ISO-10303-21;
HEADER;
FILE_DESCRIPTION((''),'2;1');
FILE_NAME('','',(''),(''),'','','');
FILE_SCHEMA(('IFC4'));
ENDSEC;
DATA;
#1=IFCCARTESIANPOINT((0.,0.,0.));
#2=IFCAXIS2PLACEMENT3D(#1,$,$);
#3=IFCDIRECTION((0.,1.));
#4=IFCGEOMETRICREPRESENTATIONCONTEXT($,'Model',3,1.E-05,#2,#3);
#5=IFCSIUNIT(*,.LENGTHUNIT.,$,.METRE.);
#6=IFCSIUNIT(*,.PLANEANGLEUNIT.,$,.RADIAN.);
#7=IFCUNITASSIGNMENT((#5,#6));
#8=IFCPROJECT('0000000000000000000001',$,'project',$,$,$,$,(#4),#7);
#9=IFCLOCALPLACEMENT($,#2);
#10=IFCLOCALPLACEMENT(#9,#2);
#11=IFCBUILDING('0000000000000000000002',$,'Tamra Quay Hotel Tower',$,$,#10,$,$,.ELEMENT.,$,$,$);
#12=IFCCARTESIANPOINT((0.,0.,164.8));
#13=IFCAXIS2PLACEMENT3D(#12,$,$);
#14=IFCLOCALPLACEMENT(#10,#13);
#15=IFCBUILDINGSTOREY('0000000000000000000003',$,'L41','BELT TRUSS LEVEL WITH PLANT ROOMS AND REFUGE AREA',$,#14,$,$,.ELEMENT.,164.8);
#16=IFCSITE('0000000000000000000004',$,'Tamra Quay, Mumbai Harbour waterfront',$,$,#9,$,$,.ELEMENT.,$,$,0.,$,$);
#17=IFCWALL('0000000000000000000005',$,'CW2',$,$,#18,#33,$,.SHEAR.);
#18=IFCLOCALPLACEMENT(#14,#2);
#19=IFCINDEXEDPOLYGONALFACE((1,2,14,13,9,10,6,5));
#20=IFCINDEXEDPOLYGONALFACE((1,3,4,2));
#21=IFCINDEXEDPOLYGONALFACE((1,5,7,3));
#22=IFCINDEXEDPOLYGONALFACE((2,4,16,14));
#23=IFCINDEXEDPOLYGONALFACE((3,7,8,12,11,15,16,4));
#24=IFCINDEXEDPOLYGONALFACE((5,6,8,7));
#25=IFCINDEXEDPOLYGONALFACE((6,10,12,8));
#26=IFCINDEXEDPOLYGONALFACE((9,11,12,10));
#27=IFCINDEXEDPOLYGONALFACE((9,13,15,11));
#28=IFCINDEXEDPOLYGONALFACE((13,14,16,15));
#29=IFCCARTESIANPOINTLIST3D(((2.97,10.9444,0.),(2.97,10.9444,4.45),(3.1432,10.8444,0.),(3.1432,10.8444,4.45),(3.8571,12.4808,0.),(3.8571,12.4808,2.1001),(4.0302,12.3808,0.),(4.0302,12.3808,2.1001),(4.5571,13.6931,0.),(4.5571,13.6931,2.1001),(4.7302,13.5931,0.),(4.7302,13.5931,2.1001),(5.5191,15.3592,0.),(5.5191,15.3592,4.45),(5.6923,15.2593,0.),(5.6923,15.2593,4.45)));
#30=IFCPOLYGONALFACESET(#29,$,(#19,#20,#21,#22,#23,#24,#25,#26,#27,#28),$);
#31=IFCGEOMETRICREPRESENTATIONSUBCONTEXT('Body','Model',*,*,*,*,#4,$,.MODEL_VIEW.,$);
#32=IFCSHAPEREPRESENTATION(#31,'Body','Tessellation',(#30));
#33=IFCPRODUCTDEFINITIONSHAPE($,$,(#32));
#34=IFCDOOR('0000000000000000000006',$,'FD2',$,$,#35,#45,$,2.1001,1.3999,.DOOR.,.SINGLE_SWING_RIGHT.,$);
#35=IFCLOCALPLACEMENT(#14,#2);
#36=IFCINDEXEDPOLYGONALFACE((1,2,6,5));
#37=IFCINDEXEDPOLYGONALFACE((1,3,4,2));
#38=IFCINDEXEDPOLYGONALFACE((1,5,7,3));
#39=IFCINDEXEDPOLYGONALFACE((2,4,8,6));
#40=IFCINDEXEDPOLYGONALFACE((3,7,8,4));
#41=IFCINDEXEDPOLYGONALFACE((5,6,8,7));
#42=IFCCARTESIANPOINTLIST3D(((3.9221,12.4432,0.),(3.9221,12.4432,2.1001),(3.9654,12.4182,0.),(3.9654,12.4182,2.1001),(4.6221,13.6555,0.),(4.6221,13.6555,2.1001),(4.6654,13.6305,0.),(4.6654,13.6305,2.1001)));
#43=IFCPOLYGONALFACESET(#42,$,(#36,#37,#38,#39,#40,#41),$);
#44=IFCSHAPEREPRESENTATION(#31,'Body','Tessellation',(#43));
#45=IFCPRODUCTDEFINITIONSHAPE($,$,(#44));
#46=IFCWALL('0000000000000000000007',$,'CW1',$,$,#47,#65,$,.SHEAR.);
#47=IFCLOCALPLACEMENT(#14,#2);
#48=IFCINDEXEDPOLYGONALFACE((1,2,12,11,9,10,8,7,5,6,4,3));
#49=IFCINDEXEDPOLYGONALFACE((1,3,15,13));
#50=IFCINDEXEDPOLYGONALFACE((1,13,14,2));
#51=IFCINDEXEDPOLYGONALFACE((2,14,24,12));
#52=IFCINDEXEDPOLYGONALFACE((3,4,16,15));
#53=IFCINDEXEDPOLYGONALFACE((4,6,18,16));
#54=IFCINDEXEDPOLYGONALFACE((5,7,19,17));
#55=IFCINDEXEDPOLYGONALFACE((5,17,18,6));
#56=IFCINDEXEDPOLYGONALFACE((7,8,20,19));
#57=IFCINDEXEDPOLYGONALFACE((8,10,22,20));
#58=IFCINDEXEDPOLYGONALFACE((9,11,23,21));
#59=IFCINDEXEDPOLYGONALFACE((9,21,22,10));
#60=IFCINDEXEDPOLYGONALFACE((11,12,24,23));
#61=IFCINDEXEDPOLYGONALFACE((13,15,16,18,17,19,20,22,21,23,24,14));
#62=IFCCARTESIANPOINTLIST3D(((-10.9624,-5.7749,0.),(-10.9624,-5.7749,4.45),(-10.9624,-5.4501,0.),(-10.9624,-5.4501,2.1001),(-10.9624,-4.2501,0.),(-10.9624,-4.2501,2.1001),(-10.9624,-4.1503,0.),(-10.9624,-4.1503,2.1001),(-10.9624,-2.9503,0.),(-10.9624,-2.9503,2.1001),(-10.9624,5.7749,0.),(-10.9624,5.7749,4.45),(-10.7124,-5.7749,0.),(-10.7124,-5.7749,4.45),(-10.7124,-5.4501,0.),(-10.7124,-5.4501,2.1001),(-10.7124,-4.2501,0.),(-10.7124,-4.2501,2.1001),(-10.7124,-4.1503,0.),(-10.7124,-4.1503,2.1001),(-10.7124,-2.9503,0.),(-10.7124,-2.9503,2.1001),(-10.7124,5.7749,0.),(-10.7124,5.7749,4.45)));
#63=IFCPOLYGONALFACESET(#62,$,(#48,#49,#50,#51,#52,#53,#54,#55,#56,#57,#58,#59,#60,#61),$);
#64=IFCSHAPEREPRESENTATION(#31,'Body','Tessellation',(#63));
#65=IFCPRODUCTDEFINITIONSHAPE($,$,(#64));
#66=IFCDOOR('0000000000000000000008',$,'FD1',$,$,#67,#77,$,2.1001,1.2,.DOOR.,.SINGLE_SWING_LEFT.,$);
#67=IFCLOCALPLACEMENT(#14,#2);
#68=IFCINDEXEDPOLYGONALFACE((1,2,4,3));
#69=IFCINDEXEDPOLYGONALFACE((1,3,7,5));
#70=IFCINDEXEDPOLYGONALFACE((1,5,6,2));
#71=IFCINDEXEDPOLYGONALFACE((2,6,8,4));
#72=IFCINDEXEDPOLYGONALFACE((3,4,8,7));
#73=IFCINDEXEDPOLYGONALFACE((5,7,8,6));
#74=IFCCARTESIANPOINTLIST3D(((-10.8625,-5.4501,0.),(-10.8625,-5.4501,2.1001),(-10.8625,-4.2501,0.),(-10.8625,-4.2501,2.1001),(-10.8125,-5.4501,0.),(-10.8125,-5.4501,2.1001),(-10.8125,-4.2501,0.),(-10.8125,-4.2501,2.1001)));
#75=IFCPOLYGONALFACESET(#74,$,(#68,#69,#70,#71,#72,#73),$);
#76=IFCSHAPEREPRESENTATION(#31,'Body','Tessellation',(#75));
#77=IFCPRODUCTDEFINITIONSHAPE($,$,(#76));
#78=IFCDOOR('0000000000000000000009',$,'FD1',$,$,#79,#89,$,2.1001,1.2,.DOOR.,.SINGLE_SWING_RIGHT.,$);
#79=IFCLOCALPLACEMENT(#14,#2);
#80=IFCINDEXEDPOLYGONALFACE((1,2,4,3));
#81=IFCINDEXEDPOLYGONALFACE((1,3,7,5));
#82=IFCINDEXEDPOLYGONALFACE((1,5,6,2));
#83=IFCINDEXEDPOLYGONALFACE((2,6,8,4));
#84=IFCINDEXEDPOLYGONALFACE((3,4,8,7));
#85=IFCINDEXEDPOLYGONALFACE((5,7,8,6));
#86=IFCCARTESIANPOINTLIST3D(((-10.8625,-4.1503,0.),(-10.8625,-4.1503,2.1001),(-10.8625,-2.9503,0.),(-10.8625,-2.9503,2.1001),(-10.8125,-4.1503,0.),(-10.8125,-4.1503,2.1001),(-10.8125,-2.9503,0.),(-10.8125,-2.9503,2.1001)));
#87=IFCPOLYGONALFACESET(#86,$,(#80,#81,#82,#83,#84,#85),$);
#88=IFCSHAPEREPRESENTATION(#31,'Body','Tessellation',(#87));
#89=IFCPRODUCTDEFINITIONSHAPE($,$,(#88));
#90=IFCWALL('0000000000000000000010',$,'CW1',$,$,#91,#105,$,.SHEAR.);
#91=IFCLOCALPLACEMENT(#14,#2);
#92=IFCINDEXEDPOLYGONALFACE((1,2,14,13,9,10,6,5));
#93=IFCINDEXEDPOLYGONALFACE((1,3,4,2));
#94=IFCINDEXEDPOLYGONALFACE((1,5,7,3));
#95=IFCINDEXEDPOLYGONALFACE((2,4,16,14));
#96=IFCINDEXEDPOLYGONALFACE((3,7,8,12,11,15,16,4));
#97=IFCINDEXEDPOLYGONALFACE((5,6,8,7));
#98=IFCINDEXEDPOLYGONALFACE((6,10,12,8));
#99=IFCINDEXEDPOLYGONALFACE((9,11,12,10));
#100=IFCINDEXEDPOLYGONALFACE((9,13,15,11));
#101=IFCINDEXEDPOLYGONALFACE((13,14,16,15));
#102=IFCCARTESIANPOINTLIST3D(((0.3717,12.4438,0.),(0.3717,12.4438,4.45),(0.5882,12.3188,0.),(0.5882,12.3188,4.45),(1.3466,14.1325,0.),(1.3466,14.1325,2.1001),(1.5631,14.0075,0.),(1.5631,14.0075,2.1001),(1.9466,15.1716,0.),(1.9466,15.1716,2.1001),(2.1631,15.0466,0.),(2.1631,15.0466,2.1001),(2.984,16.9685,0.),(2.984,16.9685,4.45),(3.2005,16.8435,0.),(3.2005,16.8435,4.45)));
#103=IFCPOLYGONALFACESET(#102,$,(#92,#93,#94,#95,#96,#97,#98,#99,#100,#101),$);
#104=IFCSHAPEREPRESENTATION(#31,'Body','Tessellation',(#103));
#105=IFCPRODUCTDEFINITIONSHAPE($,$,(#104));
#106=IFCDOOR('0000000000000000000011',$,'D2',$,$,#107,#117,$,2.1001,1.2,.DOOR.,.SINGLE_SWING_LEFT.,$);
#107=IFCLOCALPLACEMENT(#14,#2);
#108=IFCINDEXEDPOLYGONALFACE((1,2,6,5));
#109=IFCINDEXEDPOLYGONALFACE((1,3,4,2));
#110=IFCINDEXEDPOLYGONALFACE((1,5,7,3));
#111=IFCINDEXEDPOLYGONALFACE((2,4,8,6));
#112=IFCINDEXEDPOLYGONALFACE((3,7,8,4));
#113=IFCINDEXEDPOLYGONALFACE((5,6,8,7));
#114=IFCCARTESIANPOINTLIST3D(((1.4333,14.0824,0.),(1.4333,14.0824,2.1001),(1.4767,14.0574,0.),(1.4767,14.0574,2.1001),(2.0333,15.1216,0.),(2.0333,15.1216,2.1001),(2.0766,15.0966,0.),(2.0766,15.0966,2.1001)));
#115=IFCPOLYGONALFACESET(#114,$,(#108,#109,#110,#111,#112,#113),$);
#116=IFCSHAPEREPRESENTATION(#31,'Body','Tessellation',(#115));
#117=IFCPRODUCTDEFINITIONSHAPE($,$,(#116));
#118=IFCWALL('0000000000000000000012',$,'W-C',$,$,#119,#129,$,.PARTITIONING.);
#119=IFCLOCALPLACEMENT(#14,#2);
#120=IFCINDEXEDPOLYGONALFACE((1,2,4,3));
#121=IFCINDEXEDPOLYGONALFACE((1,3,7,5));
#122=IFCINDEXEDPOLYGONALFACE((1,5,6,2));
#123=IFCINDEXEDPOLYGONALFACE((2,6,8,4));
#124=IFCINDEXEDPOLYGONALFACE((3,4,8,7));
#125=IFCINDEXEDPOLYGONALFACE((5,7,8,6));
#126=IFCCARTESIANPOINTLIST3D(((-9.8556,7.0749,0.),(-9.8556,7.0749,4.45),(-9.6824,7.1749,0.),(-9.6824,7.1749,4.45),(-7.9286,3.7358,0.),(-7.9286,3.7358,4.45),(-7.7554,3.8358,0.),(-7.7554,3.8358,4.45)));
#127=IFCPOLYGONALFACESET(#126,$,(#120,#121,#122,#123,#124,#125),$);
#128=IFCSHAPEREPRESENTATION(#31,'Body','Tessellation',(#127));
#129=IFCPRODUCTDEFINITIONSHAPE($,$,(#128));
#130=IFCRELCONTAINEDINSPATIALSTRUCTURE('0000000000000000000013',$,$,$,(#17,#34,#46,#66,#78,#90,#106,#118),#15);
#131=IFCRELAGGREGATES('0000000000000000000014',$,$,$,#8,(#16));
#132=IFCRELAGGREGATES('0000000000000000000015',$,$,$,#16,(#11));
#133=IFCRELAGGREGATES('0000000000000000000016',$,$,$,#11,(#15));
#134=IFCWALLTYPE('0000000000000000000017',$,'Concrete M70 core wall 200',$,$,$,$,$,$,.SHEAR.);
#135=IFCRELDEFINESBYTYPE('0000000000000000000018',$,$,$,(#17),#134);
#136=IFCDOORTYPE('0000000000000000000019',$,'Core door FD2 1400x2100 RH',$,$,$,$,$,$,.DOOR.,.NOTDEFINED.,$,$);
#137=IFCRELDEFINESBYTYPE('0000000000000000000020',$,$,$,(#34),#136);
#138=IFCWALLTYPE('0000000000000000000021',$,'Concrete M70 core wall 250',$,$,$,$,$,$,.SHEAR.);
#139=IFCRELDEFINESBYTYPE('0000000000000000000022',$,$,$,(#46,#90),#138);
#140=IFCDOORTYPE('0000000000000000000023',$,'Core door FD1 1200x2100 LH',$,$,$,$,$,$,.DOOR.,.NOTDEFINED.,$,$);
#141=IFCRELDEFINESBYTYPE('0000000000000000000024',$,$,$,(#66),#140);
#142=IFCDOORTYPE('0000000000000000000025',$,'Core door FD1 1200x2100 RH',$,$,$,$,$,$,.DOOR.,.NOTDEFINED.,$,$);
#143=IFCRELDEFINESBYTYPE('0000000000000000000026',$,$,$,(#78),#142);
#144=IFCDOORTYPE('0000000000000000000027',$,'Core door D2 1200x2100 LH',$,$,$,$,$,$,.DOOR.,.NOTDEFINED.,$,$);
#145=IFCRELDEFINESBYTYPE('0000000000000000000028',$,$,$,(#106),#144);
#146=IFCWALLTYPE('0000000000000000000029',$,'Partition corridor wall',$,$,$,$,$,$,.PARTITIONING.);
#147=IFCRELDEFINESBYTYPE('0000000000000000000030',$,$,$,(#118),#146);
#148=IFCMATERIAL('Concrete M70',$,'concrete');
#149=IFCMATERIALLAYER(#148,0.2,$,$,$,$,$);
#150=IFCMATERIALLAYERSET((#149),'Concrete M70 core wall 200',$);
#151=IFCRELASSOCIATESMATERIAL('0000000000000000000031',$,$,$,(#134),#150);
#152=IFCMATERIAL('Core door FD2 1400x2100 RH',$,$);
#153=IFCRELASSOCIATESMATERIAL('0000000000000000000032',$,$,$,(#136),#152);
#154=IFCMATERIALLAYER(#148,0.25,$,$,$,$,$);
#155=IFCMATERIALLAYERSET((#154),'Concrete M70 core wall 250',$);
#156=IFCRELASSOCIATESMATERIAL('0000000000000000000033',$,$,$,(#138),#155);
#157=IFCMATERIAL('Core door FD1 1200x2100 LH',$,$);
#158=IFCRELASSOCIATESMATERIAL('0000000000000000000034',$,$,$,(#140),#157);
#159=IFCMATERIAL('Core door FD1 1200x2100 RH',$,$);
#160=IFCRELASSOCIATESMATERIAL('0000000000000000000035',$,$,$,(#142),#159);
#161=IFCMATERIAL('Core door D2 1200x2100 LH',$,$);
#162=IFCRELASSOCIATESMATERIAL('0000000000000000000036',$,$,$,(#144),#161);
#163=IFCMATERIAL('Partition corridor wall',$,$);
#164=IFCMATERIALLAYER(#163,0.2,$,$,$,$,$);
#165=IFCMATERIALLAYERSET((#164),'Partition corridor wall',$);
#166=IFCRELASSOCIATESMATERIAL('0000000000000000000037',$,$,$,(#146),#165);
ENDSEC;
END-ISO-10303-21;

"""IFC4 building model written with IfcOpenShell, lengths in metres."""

from ifc_helpers import new_model, si_unit, direction, frame, frame_2d, origin, place, context, subcontext, project, spatial, rectangle, extrude, material, layer, layer_set, type_object, element, fill, save


model = new_model("IFC4")

# Units and contexts
model_context = context("Model", 3, precision=1e-05, world=origin(), true_north=direction((0.0, 1.0)))
body_context = subcontext(model_context, "Body", "Model", "MODEL_VIEW")
ifc_project = project(units=[si_unit("LENGTHUNIT", "METRE"), si_unit("PLANEANGLEUNIT", "RADIAN")], contexts=[model_context])

# Site, building, storey
site_placement = place(None, origin())
site = spatial("IfcSite", under=ifc_project, at=site_placement, Name="Tamra Quay, Mumbai Harbour waterfront", CompositionType="ELEMENT", RefElevation=0.0)
building_placement = place(site_placement, origin())
building = spatial("IfcBuilding", under=site, at=building_placement, Name="Tamra Quay Hotel Tower", CompositionType="ELEMENT")
storey_placement = place(building_placement, frame((0.0, 0.0, 164.8)))
storey = spatial("IfcBuildingStorey", under=building, at=storey_placement, Name="L41", Description="BELT TRUSS LEVEL WITH PLANT ROOMS AND REFUGE AREA", CompositionType="ELEMENT", Elevation=164.8)

# Shared definitions
ifc_material_1 = material(Name="Concrete M70", Category="concrete")

# Wall, opening, door
ifc_layer_1 = layer(ifc_material_1, 0.2)
ifc_layer_set_1 = layer_set([ifc_layer_1], Name="Concrete M70 core wall 200")
wall_type_1 = type_object("IfcWallType", Name="Concrete M70 core wall 200", PredefinedType="SHEAR", material=ifc_layer_set_1)
wall_1_placement = place(storey_placement, frame((3.0566, 10.8945, 0.0), z_axis=(0.0, 0.0, 1.0), x_axis=(0.500028, 0.866009, 0.0)))
wall_1 = element("IfcWall", 1, at=wall_1_placement, inside=storey, type_object=wall_type_1, Name="CW2", PredefinedType="SHEAR", context=body_context, shape_type="SweptSolid", body=[
    extrude(rectangle(XDim=5.0979, YDim=0.2, at=frame_2d((2.5488, 0.0))), origin(), (0.0, 0.0, 1.0), 4.45),
])
opening_1_placement = place(wall_1_placement, frame((1.7739, 0.0, 0.0)))
opening_1 = element("IfcOpeningElement", 2, at=opening_1_placement, cuts=wall_1, PredefinedType="OPENING", context=body_context, shape_type="SweptSolid", body=[
    extrude(rectangle(XDim=1.3999, YDim=2.1001, at=frame_2d((0.7, 1.05))), frame((0.0, 0.1099, 0.0), z_axis=(0.0, -1.0, 0.0), x_axis=(1.0, 0.0, 0.0)), (0.0, 0.0, 1.0), 0.22),
])
ifc_material_2 = material(Name="Core door FD2 1400x2100 RH")
door_type_1 = type_object("IfcDoorType", Name="Core door FD2 1400x2100 RH", OperationType="NOTDEFINED", PredefinedType="DOOR", material=ifc_material_2)
door_1_placement = place(opening_1_placement, origin())
door_1 = element("IfcDoor", 3, at=door_1_placement, inside=storey, type_object=door_type_1, Name="FD2", OperationType="SINGLE_SWING_RIGHT", OverallHeight=2.1001, OverallWidth=1.3999, PredefinedType="DOOR", context=body_context, shape_type="SweptSolid", body=[
    extrude(rectangle(XDim=1.3999, YDim=2.1001, at=frame_2d((0.7, 1.05))), frame((0.0, 0.0249, 0.0), z_axis=(0.0, -1.0, 0.0), x_axis=(1.0, 0.0, 0.0)), (0.0, 0.0, 1.0), 0.05),
])
fill(opening_1, door_1)

# Wall, openings, doors
ifc_layer_2 = layer(ifc_material_1, 0.25)
ifc_layer_set_2 = layer_set([ifc_layer_2], Name="Concrete M70 core wall 250")
wall_type_2 = type_object("IfcWallType", Name="Concrete M70 core wall 250", PredefinedType="SHEAR", material=ifc_layer_set_2)
wall_2_placement = place(storey_placement, frame((-10.8374, 5.7749, 0.0), z_axis=(0.0, 0.0, 1.0), x_axis=(0.0, -1.0, 0.0)))
wall_2 = element("IfcWall", 4, at=wall_2_placement, inside=storey, type_object=wall_type_2, Name="CW1", PredefinedType="SHEAR", context=body_context, shape_type="SweptSolid", body=[
    extrude(rectangle(XDim=11.5498, YDim=0.25, at=frame_2d((5.7749, 0.0))), origin(), (0.0, 0.0, 1.0), 4.45),
])
opening_2_placement = place(wall_2_placement, frame((10.0249, 0.0, 0.0)))
opening_2 = element("IfcOpeningElement", 5, at=opening_2_placement, cuts=wall_2, PredefinedType="OPENING", context=body_context, shape_type="SweptSolid", body=[
    extrude(rectangle(XDim=1.2, YDim=2.1001, at=frame_2d((0.6001, 1.05))), frame((0.0, 0.135, 0.0), z_axis=(0.0, -1.0, 0.0), x_axis=(1.0, 0.0, 0.0)), (0.0, 0.0, 1.0), 0.27),
])
opening_3_placement = place(wall_2_placement, frame((8.7251, 0.0, 0.0)))
opening_3 = element("IfcOpeningElement", 6, at=opening_3_placement, cuts=wall_2, PredefinedType="OPENING", context=body_context, shape_type="SweptSolid", body=[
    extrude(rectangle(XDim=1.2, YDim=2.1001, at=frame_2d((0.6001, 1.05))), frame((0.0, 0.135, 0.0), z_axis=(0.0, -1.0, 0.0), x_axis=(1.0, 0.0, 0.0)), (0.0, 0.0, 1.0), 0.27),
])
ifc_material_3 = material(Name="Core door FD1 1200x2100 LH")
door_type_2 = type_object("IfcDoorType", Name="Core door FD1 1200x2100 LH", OperationType="NOTDEFINED", PredefinedType="DOOR", material=ifc_material_3)
door_2_placement = place(opening_2_placement, origin())
door_2 = element("IfcDoor", 7, at=door_2_placement, inside=storey, type_object=door_type_2, Name="FD1", OperationType="SINGLE_SWING_LEFT", OverallHeight=2.1001, OverallWidth=1.2, PredefinedType="DOOR", context=body_context, shape_type="SweptSolid", body=[
    extrude(rectangle(XDim=1.2, YDim=2.1001, at=frame_2d((0.6001, 1.05))), frame((0.0, 0.0249, 0.0), z_axis=(0.0, -1.0, 0.0), x_axis=(1.0, 0.0, 0.0)), (0.0, 0.0, 1.0), 0.05),
])
fill(opening_2, door_2)
ifc_material_4 = material(Name="Core door FD1 1200x2100 RH")
door_type_3 = type_object("IfcDoorType", Name="Core door FD1 1200x2100 RH", OperationType="NOTDEFINED", PredefinedType="DOOR", material=ifc_material_4)
door_3_placement = place(opening_3_placement, origin())
door_3 = element("IfcDoor", 8, at=door_3_placement, inside=storey, type_object=door_type_3, Name="FD1", OperationType="SINGLE_SWING_RIGHT", OverallHeight=2.1001, OverallWidth=1.2, PredefinedType="DOOR", context=body_context, shape_type="SweptSolid", body=[
    extrude(rectangle(XDim=1.2, YDim=2.1001, at=frame_2d((0.6001, 1.05))), frame((0.0, 0.0249, 0.0), z_axis=(0.0, -1.0, 0.0), x_axis=(1.0, 0.0, 0.0)), (0.0, 0.0, 1.0), 0.05),
])
fill(opening_3, door_3)

# Wall, opening, door
wall_3_placement = place(storey_placement, frame((0.48, 12.3813, 0.0), z_axis=(0.0, 0.0, 1.0), x_axis=(0.499999, 0.866026, 0.0)))
wall_3 = element("IfcWall", 9, at=wall_3_placement, inside=storey, type_object=wall_type_2, Name="CW1", PredefinedType="SHEAR", context=body_context, shape_type="SweptSolid", body=[
    extrude(rectangle(XDim=5.2246, YDim=0.25, at=frame_2d((2.6123, 0.0))), origin(), (0.0, 0.0, 1.0), 4.45),
])
opening_4_placement = place(wall_3_placement, frame((1.9497, 0.0, 0.0)))
opening_4 = element("IfcOpeningElement", 10, at=opening_4_placement, cuts=wall_3, PredefinedType="OPENING", context=body_context, shape_type="SweptSolid", body=[
    extrude(rectangle(XDim=1.2, YDim=2.1001, at=frame_2d((0.6001, 1.05))), frame((0.0, 0.135, 0.0), z_axis=(0.0, -1.0, 0.0), x_axis=(1.0, 0.0, 0.0)), (0.0, 0.0, 1.0), 0.27),
])
ifc_material_5 = material(Name="Core door D2 1200x2100 LH")
door_type_4 = type_object("IfcDoorType", Name="Core door D2 1200x2100 LH", OperationType="NOTDEFINED", PredefinedType="DOOR", material=ifc_material_5)
door_4_placement = place(opening_4_placement, origin())
door_4 = element("IfcDoor", 11, at=door_4_placement, inside=storey, type_object=door_type_4, Name="D2", OperationType="SINGLE_SWING_LEFT", OverallHeight=2.1001, OverallWidth=1.2, PredefinedType="DOOR", context=body_context, shape_type="SweptSolid", body=[
    extrude(rectangle(XDim=1.2, YDim=2.1001, at=frame_2d((0.6001, 1.05))), frame((0.0, 0.0249, 0.0), z_axis=(0.0, -1.0, 0.0), x_axis=(1.0, 0.0, 0.0)), (0.0, 0.0, 1.0), 0.05),
])
fill(opening_4, door_4)

# Wall
ifc_material_6 = material(Name="Partition corridor wall")
ifc_layer_3 = layer(ifc_material_6, 0.2)
ifc_layer_set_3 = layer_set([ifc_layer_3], Name="Partition corridor wall")
wall_type_3 = type_object("IfcWallType", Name="Partition corridor wall", PredefinedType="PARTITIONING", material=ifc_layer_set_3)
wall_4_placement = place(storey_placement, frame((-9.769, 7.125, 0.0), z_axis=(0.0, 0.0, 1.0), x_axis=(0.499838, -0.866119, 0.0)))
element("IfcWall", 12, at=wall_4_placement, inside=storey, type_object=wall_type_3, Name="W-C", PredefinedType="PARTITIONING", context=body_context, shape_type="SweptSolid", body=[
    extrude(rectangle(XDim=3.8552, YDim=0.2, at=frame_2d((1.9277, 0.0))), origin(), (0.0, 0.0, 1.0), 4.45),
])

save(model, "model.ifc")
